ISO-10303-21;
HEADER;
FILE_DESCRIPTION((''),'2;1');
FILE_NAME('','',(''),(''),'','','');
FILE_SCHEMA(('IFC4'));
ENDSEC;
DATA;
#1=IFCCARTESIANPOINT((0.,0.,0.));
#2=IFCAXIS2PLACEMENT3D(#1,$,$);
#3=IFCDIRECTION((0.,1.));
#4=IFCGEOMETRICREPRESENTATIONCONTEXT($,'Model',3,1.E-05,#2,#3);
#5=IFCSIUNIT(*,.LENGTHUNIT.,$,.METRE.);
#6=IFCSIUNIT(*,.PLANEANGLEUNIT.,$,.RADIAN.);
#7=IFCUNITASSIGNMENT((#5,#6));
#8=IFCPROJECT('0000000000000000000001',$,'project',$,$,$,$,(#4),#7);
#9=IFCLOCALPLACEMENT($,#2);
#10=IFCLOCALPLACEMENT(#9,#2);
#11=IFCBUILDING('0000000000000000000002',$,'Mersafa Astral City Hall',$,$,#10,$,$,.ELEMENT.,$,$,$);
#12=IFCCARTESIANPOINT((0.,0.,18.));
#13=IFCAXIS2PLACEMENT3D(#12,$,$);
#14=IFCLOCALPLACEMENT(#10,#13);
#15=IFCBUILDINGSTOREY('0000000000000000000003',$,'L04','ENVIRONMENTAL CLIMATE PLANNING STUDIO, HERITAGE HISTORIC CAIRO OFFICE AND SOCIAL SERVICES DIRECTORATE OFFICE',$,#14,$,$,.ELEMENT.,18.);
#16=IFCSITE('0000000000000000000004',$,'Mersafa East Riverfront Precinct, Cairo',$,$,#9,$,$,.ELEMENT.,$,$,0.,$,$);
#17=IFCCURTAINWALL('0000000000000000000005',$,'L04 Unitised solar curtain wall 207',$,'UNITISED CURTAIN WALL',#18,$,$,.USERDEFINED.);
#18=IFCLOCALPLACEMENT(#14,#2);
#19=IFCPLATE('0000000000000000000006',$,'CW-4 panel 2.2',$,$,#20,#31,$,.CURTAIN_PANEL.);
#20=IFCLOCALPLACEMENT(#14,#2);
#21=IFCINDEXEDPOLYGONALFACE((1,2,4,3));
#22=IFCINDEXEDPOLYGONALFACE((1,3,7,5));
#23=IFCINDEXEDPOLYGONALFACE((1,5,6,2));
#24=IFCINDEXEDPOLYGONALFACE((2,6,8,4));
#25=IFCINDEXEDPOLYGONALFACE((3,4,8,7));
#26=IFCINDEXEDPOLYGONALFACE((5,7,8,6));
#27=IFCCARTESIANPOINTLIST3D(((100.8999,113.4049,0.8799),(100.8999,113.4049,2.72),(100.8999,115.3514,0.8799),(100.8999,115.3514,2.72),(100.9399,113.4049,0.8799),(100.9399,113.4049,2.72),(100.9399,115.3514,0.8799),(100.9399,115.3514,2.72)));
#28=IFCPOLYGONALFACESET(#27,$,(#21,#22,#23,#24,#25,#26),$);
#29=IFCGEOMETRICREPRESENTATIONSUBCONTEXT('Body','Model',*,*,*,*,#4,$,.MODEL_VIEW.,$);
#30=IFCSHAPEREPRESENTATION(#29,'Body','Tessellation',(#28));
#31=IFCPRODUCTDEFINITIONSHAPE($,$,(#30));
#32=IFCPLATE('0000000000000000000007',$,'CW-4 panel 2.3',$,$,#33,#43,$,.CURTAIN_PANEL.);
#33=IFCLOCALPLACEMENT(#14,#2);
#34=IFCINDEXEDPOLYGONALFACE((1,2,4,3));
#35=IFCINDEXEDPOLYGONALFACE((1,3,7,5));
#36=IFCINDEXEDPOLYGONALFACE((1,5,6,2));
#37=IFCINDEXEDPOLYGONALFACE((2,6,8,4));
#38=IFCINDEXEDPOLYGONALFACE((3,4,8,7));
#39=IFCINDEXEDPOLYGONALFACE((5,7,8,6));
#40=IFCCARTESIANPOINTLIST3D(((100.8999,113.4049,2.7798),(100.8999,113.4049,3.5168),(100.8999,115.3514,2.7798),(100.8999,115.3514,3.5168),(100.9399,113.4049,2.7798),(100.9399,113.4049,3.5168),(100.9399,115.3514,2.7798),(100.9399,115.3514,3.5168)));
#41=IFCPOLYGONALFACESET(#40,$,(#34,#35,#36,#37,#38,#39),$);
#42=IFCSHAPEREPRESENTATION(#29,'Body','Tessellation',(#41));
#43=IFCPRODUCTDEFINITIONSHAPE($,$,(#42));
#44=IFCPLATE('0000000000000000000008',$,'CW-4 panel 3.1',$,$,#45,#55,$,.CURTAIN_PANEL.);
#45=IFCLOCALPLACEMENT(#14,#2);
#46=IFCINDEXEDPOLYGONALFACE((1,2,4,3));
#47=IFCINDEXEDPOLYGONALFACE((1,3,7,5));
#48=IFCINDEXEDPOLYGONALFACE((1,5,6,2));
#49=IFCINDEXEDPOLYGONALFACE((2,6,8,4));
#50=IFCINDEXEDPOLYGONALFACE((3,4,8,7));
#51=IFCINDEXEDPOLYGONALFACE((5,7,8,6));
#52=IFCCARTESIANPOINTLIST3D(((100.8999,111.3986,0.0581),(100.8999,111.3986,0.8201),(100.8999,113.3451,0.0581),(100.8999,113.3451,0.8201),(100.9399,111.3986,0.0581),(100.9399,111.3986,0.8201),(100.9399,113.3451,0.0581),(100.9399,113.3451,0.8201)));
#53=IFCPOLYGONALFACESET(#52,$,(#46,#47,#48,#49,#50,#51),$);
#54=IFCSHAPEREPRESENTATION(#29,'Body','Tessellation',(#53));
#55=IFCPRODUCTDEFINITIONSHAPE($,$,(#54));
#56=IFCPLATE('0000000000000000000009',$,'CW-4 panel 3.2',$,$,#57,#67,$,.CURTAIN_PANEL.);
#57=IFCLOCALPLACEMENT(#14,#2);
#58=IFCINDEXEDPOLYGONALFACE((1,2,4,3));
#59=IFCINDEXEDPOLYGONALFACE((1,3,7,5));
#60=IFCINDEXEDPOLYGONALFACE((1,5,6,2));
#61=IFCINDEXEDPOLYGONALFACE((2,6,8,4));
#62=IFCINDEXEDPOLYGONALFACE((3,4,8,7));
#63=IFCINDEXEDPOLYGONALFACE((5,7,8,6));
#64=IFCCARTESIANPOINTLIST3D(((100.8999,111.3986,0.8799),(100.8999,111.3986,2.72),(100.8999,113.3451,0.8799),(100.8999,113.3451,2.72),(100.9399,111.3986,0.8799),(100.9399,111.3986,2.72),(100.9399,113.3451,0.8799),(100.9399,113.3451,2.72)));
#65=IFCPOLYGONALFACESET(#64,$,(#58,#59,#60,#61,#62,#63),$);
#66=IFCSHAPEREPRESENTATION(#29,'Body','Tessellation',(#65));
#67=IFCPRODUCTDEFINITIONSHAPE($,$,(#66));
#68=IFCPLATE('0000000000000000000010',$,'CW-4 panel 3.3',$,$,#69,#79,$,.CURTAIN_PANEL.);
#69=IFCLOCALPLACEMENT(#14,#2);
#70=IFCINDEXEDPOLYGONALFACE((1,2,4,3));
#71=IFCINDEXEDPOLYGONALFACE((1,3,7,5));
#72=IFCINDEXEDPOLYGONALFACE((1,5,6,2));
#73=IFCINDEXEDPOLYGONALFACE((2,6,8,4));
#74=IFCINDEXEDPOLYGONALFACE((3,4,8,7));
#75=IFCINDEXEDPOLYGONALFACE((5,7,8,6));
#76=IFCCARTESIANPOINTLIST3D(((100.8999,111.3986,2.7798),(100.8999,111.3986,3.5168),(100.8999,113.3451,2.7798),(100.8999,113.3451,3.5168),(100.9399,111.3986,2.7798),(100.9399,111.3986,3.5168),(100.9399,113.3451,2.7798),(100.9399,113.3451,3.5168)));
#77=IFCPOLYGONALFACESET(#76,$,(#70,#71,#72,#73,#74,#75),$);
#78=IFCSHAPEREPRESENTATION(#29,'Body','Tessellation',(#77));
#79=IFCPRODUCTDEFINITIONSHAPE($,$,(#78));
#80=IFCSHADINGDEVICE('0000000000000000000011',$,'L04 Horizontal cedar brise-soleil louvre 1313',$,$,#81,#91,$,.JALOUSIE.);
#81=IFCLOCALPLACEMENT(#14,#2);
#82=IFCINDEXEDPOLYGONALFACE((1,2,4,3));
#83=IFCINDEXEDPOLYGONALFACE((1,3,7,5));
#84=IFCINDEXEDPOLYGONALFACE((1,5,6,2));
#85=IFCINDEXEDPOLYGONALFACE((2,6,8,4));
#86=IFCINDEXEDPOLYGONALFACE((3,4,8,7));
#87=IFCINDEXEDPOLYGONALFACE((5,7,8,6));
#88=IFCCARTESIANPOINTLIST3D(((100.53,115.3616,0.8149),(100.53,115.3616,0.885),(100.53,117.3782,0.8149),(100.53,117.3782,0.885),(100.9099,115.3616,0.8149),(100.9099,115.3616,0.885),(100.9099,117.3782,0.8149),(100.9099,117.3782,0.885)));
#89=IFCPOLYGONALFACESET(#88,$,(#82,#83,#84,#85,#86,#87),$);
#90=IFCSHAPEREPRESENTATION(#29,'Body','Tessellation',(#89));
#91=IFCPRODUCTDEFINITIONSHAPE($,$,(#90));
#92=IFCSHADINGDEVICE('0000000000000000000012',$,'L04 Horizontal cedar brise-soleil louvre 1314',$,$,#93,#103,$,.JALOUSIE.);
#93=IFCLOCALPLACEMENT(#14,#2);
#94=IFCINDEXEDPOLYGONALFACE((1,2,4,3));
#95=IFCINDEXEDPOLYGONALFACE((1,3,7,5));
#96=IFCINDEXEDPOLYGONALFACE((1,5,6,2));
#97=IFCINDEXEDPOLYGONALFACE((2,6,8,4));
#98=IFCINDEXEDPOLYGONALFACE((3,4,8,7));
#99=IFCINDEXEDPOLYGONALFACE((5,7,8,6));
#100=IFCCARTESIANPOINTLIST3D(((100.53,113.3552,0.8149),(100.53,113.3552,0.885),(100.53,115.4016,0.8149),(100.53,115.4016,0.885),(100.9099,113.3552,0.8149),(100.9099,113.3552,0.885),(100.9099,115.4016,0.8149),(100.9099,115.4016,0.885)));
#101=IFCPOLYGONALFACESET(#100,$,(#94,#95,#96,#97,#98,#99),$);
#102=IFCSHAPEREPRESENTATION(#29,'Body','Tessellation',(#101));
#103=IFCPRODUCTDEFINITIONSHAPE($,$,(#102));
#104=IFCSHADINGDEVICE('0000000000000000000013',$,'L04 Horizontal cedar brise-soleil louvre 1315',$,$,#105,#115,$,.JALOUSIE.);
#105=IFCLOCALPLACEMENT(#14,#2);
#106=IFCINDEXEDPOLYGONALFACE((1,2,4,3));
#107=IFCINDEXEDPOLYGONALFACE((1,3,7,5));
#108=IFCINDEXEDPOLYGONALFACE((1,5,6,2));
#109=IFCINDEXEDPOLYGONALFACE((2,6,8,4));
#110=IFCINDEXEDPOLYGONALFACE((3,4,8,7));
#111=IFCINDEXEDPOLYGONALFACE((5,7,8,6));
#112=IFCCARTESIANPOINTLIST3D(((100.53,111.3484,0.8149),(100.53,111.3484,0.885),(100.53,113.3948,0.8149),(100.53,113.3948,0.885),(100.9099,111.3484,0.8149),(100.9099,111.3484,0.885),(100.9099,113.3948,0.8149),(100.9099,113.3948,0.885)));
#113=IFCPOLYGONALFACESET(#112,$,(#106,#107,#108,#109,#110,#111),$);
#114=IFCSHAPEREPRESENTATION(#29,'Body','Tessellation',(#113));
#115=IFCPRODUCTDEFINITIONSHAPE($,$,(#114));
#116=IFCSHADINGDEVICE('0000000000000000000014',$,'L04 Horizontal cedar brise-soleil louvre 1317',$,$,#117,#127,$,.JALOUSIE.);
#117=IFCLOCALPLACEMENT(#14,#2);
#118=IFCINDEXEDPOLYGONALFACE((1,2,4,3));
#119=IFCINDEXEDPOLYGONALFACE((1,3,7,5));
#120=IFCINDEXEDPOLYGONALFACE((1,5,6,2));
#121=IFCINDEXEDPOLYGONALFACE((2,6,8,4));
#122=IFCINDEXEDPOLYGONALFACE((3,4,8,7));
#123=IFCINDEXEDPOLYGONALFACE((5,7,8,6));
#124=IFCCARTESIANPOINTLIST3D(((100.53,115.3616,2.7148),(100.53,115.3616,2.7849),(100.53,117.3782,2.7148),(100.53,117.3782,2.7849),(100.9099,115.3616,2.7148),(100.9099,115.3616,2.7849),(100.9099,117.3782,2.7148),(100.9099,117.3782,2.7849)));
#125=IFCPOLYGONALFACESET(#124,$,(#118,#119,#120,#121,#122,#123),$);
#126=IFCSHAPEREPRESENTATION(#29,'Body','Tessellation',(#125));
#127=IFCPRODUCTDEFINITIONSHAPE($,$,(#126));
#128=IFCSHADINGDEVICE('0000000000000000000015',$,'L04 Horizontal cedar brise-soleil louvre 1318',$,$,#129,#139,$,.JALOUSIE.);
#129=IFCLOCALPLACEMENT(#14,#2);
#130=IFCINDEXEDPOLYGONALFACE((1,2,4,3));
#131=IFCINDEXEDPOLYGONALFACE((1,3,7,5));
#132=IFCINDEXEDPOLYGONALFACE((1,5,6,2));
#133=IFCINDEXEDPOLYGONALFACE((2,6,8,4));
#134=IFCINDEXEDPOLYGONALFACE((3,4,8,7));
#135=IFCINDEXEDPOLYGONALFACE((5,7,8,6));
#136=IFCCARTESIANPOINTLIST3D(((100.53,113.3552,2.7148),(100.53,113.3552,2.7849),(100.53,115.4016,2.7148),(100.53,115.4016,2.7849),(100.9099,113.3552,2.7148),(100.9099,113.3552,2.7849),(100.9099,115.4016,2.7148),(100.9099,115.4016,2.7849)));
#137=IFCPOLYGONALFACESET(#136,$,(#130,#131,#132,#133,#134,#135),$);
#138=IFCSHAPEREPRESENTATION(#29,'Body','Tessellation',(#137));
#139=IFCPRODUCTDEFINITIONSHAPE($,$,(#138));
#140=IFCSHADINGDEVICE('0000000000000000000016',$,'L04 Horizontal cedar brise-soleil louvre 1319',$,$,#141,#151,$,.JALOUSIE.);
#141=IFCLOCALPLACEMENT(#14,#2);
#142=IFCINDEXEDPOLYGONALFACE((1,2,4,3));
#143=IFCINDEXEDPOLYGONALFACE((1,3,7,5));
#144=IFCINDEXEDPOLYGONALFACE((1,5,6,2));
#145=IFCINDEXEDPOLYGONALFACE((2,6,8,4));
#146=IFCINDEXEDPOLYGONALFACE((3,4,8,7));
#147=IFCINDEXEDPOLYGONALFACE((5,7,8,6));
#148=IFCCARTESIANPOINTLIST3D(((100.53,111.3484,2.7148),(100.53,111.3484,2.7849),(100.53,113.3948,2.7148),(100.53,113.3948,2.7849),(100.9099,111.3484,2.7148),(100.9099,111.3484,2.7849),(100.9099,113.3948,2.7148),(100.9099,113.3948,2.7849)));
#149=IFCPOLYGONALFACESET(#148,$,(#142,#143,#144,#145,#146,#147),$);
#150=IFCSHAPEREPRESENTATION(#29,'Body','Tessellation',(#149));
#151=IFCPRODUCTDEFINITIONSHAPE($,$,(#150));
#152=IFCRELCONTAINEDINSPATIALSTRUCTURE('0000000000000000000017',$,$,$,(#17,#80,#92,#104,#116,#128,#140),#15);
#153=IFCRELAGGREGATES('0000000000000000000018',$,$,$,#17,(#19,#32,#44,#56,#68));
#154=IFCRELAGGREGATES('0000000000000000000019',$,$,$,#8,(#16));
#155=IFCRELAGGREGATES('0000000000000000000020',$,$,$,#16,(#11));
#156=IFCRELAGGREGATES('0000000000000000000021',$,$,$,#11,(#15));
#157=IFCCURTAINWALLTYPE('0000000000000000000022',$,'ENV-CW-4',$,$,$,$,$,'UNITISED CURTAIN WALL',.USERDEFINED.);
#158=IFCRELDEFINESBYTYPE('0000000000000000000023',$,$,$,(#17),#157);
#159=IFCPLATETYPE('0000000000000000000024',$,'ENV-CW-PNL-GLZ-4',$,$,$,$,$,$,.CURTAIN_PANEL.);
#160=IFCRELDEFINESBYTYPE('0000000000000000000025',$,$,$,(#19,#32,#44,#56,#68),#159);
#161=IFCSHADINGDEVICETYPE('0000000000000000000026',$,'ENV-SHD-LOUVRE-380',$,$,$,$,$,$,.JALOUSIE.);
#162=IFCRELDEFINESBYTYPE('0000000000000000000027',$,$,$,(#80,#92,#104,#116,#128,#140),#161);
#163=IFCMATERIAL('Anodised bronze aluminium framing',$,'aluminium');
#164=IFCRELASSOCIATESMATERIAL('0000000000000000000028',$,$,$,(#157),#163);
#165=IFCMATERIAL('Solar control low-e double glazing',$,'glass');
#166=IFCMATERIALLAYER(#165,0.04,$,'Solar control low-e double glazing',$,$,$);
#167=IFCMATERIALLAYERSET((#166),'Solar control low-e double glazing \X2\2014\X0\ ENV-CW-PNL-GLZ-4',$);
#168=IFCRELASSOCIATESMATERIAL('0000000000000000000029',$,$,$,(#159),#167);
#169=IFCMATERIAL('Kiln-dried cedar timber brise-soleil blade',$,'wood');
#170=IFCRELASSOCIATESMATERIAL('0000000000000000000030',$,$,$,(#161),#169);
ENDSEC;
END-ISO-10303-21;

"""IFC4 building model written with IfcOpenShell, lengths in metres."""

from ifc_helpers import new_model, si_unit, direction, frame, origin, origin_2d, place, context, subcontext, project, spatial, rectangle, extrude, material, layer, layer_set, type_object, element, aggregate, save


model = new_model("IFC4")

# Units and contexts
model_context = context("Model", 3, precision=1e-05, world=origin(), true_north=direction((0.0, 1.0)))
body_context = subcontext(model_context, "Body", "Model", "MODEL_VIEW")
ifc_project = project(units=[si_unit("LENGTHUNIT", "METRE"), si_unit("PLANEANGLEUNIT", "RADIAN")], contexts=[model_context])

# Site, building, storey
site_placement = place(None, origin())
site = spatial("IfcSite", under=ifc_project, at=site_placement, Name="Mersafa East Riverfront Precinct, Cairo", CompositionType="ELEMENT", RefElevation=0.0)
building_placement = place(site_placement, origin())
building = spatial("IfcBuilding", under=site, at=building_placement, Name="Mersafa Astral City Hall", CompositionType="ELEMENT")
storey_placement = place(building_placement, frame((0.0, 0.0, 18.0)))
storey = spatial("IfcBuildingStorey", under=building, at=storey_placement, Name="L04", Description="ENVIRONMENTAL CLIMATE PLANNING STUDIO, HERITAGE HISTORIC CAIRO OFFICE AND SOCIAL SERVICES DIRECTORATE OFFICE", CompositionType="ELEMENT", Elevation=18.0)

# Curtain wall, plates
ifc_material_1 = material(Name="Anodised bronze aluminium framing", Category="aluminium")
curtain_wall_type = type_object("IfcCurtainWallType", Name="ENV-CW-4", ElementType="UNITISED CURTAIN WALL", PredefinedType="USERDEFINED", material=ifc_material_1)
curtain_wall_placement = place(storey_placement, origin())
curtain_wall = element("IfcCurtainWall", 1, at=curtain_wall_placement, inside=storey, type_object=curtain_wall_type, Name="L04 Unitised solar curtain wall 207", ObjectType="UNITISED CURTAIN WALL", PredefinedType="USERDEFINED")
ifc_material_2 = material(Name="Solar control low-e double glazing", Category="glass")
ifc_layer = layer(ifc_material_2, 0.04, Name="Solar control low-e double glazing")
ifc_layer_set = layer_set([ifc_layer], Name="Solar control low-e double glazing — ENV-CW-PNL-GLZ-4")
plate_type = type_object("IfcPlateType", Name="ENV-CW-PNL-GLZ-4", PredefinedType="CURTAIN_PANEL", material=ifc_layer_set)
plate_1_placement = place(storey_placement, frame((100.9199, 114.3782, 0.8799), z_axis=(0.0, 0.0, 1.0), x_axis=(0.0, -1.0, 0.0)))
plate_1 = element("IfcPlate", 2, at=plate_1_placement, type_object=plate_type, Name="CW-4 panel 2.2", PredefinedType="CURTAIN_PANEL", context=body_context, shape_type="SweptSolid", body=[
    extrude(rectangle(XDim=1.9465, YDim=0.04, at=origin_2d()), origin(), (0.0, 0.0, 1.0), 1.8401),
])
plate_2_placement = place(storey_placement, frame((100.9199, 114.3782, 2.7798), z_axis=(0.0, 0.0, 1.0), x_axis=(0.0, -1.0, 0.0)))
plate_2 = element("IfcPlate", 3, at=plate_2_placement, type_object=plate_type, Name="CW-4 panel 2.3", PredefinedType="CURTAIN_PANEL", context=body_context, shape_type="SweptSolid", body=[
    extrude(rectangle(XDim=1.9465, YDim=0.04, at=origin_2d()), origin(), (0.0, 0.0, 1.0), 0.7371),
])
plate_3_placement = place(storey_placement, frame((100.9199, 112.3718, 0.0581), z_axis=(0.0, 0.0, 1.0), x_axis=(0.0, -1.0, 0.0)))
plate_3 = element("IfcPlate", 4, at=plate_3_placement, type_object=plate_type, Name="CW-4 panel 3.1", PredefinedType="CURTAIN_PANEL", context=body_context, shape_type="SweptSolid", body=[
    extrude(rectangle(XDim=1.9465, YDim=0.04, at=origin_2d()), origin(), (0.0, 0.0, 1.0), 0.762),
])
plate_4_placement = place(storey_placement, frame((100.9199, 112.3718, 0.8799), z_axis=(0.0, 0.0, 1.0), x_axis=(0.0, -1.0, 0.0)))
plate_4 = element("IfcPlate", 5, at=plate_4_placement, type_object=plate_type, Name="CW-4 panel 3.2", PredefinedType="CURTAIN_PANEL", context=body_context, shape_type="SweptSolid", body=[
    extrude(rectangle(XDim=1.9465, YDim=0.04, at=origin_2d()), origin(), (0.0, 0.0, 1.0), 1.8401),
])
plate_5_placement = place(storey_placement, frame((100.9199, 112.3718, 2.7798), z_axis=(0.0, 0.0, 1.0), x_axis=(0.0, -1.0, 0.0)))
plate_5 = element("IfcPlate", 6, at=plate_5_placement, type_object=plate_type, Name="CW-4 panel 3.3", PredefinedType="CURTAIN_PANEL", context=body_context, shape_type="SweptSolid", body=[
    extrude(rectangle(XDim=1.9465, YDim=0.04, at=origin_2d()), origin(), (0.0, 0.0, 1.0), 0.7371),
])
aggregate(curtain_wall, [plate_1, plate_2, plate_3, plate_4, plate_5])

# Shading devices
ifc_material_3 = material(Name="Kiln-dried cedar timber brise-soleil blade", Category="wood")
shading_device_type = type_object("IfcShadingDeviceType", Name="ENV-SHD-LOUVRE-380", PredefinedType="JALOUSIE", material=ifc_material_3)
shading_device_1_placement = place(storey_placement, frame((100.72, 116.3699, 0.8149), z_axis=(0.0, 0.0, 1.0), x_axis=(0.0, -1.0, 0.0)))
element("IfcShadingDevice", 7, at=shading_device_1_placement, inside=storey, type_object=shading_device_type, Name="L04 Horizontal cedar brise-soleil louvre 1313", PredefinedType="JALOUSIE", context=body_context, shape_type="SweptSolid", body=[
    extrude(rectangle(XDim=2.0166, YDim=0.3799, at=origin_2d()), origin(), (0.0, 0.0, 1.0), 0.0701),
])
for number, where, z_axis, x_axis, name in (
    (8, (100.72, 114.3784, 0.8149), (0.0, 0.0, 1.0), (0.0, -1.0, 0.0), "L04 Horizontal cedar brise-soleil louvre 1314"),
    (9, (100.72, 112.3716, 0.8149), (0.0, 0.0, 1.0), (0.0, -1.0, 0.0), "L04 Horizontal cedar brise-soleil louvre 1315"),
):
    element("IfcShadingDevice", number, at=place(storey_placement, frame(where, z_axis=z_axis, x_axis=x_axis)), inside=storey, type_object=shading_device_type, Name=name, PredefinedType="JALOUSIE", context=body_context, shape_type="SweptSolid", body=[
        extrude(rectangle(XDim=2.0464, YDim=0.3799, at=origin_2d()), origin(), (0.0, 0.0, 1.0), 0.0701),
    ])
shading_device_2_placement = place(storey_placement, frame((100.72, 116.3699, 2.7148), z_axis=(0.0, 0.0, 1.0), x_axis=(0.0, -1.0, 0.0)))
element("IfcShadingDevice", 10, at=shading_device_2_placement, inside=storey, type_object=shading_device_type, Name="L04 Horizontal cedar brise-soleil louvre 1317", PredefinedType="JALOUSIE", context=body_context, shape_type="SweptSolid", body=[
    extrude(rectangle(XDim=2.0166, YDim=0.3799, at=origin_2d()), origin(), (0.0, 0.0, 1.0), 0.0701),
])
for number, where, z_axis, x_axis, name in (
    (11, (100.72, 114.3784, 2.7148), (0.0, 0.0, 1.0), (0.0, -1.0, 0.0), "L04 Horizontal cedar brise-soleil louvre 1318"),
    (12, (100.72, 112.3716, 2.7148), (0.0, 0.0, 1.0), (0.0, -1.0, 0.0), "L04 Horizontal cedar brise-soleil louvre 1319"),
):
    element("IfcShadingDevice", number, at=place(storey_placement, frame(where, z_axis=z_axis, x_axis=x_axis)), inside=storey, type_object=shading_device_type, Name=name, PredefinedType="JALOUSIE", context=body_context, shape_type="SweptSolid", body=[
        extrude(rectangle(XDim=2.0464, YDim=0.3799, at=origin_2d()), origin(), (0.0, 0.0, 1.0), 0.0701),
    ])

save(model, "model.ifc")
